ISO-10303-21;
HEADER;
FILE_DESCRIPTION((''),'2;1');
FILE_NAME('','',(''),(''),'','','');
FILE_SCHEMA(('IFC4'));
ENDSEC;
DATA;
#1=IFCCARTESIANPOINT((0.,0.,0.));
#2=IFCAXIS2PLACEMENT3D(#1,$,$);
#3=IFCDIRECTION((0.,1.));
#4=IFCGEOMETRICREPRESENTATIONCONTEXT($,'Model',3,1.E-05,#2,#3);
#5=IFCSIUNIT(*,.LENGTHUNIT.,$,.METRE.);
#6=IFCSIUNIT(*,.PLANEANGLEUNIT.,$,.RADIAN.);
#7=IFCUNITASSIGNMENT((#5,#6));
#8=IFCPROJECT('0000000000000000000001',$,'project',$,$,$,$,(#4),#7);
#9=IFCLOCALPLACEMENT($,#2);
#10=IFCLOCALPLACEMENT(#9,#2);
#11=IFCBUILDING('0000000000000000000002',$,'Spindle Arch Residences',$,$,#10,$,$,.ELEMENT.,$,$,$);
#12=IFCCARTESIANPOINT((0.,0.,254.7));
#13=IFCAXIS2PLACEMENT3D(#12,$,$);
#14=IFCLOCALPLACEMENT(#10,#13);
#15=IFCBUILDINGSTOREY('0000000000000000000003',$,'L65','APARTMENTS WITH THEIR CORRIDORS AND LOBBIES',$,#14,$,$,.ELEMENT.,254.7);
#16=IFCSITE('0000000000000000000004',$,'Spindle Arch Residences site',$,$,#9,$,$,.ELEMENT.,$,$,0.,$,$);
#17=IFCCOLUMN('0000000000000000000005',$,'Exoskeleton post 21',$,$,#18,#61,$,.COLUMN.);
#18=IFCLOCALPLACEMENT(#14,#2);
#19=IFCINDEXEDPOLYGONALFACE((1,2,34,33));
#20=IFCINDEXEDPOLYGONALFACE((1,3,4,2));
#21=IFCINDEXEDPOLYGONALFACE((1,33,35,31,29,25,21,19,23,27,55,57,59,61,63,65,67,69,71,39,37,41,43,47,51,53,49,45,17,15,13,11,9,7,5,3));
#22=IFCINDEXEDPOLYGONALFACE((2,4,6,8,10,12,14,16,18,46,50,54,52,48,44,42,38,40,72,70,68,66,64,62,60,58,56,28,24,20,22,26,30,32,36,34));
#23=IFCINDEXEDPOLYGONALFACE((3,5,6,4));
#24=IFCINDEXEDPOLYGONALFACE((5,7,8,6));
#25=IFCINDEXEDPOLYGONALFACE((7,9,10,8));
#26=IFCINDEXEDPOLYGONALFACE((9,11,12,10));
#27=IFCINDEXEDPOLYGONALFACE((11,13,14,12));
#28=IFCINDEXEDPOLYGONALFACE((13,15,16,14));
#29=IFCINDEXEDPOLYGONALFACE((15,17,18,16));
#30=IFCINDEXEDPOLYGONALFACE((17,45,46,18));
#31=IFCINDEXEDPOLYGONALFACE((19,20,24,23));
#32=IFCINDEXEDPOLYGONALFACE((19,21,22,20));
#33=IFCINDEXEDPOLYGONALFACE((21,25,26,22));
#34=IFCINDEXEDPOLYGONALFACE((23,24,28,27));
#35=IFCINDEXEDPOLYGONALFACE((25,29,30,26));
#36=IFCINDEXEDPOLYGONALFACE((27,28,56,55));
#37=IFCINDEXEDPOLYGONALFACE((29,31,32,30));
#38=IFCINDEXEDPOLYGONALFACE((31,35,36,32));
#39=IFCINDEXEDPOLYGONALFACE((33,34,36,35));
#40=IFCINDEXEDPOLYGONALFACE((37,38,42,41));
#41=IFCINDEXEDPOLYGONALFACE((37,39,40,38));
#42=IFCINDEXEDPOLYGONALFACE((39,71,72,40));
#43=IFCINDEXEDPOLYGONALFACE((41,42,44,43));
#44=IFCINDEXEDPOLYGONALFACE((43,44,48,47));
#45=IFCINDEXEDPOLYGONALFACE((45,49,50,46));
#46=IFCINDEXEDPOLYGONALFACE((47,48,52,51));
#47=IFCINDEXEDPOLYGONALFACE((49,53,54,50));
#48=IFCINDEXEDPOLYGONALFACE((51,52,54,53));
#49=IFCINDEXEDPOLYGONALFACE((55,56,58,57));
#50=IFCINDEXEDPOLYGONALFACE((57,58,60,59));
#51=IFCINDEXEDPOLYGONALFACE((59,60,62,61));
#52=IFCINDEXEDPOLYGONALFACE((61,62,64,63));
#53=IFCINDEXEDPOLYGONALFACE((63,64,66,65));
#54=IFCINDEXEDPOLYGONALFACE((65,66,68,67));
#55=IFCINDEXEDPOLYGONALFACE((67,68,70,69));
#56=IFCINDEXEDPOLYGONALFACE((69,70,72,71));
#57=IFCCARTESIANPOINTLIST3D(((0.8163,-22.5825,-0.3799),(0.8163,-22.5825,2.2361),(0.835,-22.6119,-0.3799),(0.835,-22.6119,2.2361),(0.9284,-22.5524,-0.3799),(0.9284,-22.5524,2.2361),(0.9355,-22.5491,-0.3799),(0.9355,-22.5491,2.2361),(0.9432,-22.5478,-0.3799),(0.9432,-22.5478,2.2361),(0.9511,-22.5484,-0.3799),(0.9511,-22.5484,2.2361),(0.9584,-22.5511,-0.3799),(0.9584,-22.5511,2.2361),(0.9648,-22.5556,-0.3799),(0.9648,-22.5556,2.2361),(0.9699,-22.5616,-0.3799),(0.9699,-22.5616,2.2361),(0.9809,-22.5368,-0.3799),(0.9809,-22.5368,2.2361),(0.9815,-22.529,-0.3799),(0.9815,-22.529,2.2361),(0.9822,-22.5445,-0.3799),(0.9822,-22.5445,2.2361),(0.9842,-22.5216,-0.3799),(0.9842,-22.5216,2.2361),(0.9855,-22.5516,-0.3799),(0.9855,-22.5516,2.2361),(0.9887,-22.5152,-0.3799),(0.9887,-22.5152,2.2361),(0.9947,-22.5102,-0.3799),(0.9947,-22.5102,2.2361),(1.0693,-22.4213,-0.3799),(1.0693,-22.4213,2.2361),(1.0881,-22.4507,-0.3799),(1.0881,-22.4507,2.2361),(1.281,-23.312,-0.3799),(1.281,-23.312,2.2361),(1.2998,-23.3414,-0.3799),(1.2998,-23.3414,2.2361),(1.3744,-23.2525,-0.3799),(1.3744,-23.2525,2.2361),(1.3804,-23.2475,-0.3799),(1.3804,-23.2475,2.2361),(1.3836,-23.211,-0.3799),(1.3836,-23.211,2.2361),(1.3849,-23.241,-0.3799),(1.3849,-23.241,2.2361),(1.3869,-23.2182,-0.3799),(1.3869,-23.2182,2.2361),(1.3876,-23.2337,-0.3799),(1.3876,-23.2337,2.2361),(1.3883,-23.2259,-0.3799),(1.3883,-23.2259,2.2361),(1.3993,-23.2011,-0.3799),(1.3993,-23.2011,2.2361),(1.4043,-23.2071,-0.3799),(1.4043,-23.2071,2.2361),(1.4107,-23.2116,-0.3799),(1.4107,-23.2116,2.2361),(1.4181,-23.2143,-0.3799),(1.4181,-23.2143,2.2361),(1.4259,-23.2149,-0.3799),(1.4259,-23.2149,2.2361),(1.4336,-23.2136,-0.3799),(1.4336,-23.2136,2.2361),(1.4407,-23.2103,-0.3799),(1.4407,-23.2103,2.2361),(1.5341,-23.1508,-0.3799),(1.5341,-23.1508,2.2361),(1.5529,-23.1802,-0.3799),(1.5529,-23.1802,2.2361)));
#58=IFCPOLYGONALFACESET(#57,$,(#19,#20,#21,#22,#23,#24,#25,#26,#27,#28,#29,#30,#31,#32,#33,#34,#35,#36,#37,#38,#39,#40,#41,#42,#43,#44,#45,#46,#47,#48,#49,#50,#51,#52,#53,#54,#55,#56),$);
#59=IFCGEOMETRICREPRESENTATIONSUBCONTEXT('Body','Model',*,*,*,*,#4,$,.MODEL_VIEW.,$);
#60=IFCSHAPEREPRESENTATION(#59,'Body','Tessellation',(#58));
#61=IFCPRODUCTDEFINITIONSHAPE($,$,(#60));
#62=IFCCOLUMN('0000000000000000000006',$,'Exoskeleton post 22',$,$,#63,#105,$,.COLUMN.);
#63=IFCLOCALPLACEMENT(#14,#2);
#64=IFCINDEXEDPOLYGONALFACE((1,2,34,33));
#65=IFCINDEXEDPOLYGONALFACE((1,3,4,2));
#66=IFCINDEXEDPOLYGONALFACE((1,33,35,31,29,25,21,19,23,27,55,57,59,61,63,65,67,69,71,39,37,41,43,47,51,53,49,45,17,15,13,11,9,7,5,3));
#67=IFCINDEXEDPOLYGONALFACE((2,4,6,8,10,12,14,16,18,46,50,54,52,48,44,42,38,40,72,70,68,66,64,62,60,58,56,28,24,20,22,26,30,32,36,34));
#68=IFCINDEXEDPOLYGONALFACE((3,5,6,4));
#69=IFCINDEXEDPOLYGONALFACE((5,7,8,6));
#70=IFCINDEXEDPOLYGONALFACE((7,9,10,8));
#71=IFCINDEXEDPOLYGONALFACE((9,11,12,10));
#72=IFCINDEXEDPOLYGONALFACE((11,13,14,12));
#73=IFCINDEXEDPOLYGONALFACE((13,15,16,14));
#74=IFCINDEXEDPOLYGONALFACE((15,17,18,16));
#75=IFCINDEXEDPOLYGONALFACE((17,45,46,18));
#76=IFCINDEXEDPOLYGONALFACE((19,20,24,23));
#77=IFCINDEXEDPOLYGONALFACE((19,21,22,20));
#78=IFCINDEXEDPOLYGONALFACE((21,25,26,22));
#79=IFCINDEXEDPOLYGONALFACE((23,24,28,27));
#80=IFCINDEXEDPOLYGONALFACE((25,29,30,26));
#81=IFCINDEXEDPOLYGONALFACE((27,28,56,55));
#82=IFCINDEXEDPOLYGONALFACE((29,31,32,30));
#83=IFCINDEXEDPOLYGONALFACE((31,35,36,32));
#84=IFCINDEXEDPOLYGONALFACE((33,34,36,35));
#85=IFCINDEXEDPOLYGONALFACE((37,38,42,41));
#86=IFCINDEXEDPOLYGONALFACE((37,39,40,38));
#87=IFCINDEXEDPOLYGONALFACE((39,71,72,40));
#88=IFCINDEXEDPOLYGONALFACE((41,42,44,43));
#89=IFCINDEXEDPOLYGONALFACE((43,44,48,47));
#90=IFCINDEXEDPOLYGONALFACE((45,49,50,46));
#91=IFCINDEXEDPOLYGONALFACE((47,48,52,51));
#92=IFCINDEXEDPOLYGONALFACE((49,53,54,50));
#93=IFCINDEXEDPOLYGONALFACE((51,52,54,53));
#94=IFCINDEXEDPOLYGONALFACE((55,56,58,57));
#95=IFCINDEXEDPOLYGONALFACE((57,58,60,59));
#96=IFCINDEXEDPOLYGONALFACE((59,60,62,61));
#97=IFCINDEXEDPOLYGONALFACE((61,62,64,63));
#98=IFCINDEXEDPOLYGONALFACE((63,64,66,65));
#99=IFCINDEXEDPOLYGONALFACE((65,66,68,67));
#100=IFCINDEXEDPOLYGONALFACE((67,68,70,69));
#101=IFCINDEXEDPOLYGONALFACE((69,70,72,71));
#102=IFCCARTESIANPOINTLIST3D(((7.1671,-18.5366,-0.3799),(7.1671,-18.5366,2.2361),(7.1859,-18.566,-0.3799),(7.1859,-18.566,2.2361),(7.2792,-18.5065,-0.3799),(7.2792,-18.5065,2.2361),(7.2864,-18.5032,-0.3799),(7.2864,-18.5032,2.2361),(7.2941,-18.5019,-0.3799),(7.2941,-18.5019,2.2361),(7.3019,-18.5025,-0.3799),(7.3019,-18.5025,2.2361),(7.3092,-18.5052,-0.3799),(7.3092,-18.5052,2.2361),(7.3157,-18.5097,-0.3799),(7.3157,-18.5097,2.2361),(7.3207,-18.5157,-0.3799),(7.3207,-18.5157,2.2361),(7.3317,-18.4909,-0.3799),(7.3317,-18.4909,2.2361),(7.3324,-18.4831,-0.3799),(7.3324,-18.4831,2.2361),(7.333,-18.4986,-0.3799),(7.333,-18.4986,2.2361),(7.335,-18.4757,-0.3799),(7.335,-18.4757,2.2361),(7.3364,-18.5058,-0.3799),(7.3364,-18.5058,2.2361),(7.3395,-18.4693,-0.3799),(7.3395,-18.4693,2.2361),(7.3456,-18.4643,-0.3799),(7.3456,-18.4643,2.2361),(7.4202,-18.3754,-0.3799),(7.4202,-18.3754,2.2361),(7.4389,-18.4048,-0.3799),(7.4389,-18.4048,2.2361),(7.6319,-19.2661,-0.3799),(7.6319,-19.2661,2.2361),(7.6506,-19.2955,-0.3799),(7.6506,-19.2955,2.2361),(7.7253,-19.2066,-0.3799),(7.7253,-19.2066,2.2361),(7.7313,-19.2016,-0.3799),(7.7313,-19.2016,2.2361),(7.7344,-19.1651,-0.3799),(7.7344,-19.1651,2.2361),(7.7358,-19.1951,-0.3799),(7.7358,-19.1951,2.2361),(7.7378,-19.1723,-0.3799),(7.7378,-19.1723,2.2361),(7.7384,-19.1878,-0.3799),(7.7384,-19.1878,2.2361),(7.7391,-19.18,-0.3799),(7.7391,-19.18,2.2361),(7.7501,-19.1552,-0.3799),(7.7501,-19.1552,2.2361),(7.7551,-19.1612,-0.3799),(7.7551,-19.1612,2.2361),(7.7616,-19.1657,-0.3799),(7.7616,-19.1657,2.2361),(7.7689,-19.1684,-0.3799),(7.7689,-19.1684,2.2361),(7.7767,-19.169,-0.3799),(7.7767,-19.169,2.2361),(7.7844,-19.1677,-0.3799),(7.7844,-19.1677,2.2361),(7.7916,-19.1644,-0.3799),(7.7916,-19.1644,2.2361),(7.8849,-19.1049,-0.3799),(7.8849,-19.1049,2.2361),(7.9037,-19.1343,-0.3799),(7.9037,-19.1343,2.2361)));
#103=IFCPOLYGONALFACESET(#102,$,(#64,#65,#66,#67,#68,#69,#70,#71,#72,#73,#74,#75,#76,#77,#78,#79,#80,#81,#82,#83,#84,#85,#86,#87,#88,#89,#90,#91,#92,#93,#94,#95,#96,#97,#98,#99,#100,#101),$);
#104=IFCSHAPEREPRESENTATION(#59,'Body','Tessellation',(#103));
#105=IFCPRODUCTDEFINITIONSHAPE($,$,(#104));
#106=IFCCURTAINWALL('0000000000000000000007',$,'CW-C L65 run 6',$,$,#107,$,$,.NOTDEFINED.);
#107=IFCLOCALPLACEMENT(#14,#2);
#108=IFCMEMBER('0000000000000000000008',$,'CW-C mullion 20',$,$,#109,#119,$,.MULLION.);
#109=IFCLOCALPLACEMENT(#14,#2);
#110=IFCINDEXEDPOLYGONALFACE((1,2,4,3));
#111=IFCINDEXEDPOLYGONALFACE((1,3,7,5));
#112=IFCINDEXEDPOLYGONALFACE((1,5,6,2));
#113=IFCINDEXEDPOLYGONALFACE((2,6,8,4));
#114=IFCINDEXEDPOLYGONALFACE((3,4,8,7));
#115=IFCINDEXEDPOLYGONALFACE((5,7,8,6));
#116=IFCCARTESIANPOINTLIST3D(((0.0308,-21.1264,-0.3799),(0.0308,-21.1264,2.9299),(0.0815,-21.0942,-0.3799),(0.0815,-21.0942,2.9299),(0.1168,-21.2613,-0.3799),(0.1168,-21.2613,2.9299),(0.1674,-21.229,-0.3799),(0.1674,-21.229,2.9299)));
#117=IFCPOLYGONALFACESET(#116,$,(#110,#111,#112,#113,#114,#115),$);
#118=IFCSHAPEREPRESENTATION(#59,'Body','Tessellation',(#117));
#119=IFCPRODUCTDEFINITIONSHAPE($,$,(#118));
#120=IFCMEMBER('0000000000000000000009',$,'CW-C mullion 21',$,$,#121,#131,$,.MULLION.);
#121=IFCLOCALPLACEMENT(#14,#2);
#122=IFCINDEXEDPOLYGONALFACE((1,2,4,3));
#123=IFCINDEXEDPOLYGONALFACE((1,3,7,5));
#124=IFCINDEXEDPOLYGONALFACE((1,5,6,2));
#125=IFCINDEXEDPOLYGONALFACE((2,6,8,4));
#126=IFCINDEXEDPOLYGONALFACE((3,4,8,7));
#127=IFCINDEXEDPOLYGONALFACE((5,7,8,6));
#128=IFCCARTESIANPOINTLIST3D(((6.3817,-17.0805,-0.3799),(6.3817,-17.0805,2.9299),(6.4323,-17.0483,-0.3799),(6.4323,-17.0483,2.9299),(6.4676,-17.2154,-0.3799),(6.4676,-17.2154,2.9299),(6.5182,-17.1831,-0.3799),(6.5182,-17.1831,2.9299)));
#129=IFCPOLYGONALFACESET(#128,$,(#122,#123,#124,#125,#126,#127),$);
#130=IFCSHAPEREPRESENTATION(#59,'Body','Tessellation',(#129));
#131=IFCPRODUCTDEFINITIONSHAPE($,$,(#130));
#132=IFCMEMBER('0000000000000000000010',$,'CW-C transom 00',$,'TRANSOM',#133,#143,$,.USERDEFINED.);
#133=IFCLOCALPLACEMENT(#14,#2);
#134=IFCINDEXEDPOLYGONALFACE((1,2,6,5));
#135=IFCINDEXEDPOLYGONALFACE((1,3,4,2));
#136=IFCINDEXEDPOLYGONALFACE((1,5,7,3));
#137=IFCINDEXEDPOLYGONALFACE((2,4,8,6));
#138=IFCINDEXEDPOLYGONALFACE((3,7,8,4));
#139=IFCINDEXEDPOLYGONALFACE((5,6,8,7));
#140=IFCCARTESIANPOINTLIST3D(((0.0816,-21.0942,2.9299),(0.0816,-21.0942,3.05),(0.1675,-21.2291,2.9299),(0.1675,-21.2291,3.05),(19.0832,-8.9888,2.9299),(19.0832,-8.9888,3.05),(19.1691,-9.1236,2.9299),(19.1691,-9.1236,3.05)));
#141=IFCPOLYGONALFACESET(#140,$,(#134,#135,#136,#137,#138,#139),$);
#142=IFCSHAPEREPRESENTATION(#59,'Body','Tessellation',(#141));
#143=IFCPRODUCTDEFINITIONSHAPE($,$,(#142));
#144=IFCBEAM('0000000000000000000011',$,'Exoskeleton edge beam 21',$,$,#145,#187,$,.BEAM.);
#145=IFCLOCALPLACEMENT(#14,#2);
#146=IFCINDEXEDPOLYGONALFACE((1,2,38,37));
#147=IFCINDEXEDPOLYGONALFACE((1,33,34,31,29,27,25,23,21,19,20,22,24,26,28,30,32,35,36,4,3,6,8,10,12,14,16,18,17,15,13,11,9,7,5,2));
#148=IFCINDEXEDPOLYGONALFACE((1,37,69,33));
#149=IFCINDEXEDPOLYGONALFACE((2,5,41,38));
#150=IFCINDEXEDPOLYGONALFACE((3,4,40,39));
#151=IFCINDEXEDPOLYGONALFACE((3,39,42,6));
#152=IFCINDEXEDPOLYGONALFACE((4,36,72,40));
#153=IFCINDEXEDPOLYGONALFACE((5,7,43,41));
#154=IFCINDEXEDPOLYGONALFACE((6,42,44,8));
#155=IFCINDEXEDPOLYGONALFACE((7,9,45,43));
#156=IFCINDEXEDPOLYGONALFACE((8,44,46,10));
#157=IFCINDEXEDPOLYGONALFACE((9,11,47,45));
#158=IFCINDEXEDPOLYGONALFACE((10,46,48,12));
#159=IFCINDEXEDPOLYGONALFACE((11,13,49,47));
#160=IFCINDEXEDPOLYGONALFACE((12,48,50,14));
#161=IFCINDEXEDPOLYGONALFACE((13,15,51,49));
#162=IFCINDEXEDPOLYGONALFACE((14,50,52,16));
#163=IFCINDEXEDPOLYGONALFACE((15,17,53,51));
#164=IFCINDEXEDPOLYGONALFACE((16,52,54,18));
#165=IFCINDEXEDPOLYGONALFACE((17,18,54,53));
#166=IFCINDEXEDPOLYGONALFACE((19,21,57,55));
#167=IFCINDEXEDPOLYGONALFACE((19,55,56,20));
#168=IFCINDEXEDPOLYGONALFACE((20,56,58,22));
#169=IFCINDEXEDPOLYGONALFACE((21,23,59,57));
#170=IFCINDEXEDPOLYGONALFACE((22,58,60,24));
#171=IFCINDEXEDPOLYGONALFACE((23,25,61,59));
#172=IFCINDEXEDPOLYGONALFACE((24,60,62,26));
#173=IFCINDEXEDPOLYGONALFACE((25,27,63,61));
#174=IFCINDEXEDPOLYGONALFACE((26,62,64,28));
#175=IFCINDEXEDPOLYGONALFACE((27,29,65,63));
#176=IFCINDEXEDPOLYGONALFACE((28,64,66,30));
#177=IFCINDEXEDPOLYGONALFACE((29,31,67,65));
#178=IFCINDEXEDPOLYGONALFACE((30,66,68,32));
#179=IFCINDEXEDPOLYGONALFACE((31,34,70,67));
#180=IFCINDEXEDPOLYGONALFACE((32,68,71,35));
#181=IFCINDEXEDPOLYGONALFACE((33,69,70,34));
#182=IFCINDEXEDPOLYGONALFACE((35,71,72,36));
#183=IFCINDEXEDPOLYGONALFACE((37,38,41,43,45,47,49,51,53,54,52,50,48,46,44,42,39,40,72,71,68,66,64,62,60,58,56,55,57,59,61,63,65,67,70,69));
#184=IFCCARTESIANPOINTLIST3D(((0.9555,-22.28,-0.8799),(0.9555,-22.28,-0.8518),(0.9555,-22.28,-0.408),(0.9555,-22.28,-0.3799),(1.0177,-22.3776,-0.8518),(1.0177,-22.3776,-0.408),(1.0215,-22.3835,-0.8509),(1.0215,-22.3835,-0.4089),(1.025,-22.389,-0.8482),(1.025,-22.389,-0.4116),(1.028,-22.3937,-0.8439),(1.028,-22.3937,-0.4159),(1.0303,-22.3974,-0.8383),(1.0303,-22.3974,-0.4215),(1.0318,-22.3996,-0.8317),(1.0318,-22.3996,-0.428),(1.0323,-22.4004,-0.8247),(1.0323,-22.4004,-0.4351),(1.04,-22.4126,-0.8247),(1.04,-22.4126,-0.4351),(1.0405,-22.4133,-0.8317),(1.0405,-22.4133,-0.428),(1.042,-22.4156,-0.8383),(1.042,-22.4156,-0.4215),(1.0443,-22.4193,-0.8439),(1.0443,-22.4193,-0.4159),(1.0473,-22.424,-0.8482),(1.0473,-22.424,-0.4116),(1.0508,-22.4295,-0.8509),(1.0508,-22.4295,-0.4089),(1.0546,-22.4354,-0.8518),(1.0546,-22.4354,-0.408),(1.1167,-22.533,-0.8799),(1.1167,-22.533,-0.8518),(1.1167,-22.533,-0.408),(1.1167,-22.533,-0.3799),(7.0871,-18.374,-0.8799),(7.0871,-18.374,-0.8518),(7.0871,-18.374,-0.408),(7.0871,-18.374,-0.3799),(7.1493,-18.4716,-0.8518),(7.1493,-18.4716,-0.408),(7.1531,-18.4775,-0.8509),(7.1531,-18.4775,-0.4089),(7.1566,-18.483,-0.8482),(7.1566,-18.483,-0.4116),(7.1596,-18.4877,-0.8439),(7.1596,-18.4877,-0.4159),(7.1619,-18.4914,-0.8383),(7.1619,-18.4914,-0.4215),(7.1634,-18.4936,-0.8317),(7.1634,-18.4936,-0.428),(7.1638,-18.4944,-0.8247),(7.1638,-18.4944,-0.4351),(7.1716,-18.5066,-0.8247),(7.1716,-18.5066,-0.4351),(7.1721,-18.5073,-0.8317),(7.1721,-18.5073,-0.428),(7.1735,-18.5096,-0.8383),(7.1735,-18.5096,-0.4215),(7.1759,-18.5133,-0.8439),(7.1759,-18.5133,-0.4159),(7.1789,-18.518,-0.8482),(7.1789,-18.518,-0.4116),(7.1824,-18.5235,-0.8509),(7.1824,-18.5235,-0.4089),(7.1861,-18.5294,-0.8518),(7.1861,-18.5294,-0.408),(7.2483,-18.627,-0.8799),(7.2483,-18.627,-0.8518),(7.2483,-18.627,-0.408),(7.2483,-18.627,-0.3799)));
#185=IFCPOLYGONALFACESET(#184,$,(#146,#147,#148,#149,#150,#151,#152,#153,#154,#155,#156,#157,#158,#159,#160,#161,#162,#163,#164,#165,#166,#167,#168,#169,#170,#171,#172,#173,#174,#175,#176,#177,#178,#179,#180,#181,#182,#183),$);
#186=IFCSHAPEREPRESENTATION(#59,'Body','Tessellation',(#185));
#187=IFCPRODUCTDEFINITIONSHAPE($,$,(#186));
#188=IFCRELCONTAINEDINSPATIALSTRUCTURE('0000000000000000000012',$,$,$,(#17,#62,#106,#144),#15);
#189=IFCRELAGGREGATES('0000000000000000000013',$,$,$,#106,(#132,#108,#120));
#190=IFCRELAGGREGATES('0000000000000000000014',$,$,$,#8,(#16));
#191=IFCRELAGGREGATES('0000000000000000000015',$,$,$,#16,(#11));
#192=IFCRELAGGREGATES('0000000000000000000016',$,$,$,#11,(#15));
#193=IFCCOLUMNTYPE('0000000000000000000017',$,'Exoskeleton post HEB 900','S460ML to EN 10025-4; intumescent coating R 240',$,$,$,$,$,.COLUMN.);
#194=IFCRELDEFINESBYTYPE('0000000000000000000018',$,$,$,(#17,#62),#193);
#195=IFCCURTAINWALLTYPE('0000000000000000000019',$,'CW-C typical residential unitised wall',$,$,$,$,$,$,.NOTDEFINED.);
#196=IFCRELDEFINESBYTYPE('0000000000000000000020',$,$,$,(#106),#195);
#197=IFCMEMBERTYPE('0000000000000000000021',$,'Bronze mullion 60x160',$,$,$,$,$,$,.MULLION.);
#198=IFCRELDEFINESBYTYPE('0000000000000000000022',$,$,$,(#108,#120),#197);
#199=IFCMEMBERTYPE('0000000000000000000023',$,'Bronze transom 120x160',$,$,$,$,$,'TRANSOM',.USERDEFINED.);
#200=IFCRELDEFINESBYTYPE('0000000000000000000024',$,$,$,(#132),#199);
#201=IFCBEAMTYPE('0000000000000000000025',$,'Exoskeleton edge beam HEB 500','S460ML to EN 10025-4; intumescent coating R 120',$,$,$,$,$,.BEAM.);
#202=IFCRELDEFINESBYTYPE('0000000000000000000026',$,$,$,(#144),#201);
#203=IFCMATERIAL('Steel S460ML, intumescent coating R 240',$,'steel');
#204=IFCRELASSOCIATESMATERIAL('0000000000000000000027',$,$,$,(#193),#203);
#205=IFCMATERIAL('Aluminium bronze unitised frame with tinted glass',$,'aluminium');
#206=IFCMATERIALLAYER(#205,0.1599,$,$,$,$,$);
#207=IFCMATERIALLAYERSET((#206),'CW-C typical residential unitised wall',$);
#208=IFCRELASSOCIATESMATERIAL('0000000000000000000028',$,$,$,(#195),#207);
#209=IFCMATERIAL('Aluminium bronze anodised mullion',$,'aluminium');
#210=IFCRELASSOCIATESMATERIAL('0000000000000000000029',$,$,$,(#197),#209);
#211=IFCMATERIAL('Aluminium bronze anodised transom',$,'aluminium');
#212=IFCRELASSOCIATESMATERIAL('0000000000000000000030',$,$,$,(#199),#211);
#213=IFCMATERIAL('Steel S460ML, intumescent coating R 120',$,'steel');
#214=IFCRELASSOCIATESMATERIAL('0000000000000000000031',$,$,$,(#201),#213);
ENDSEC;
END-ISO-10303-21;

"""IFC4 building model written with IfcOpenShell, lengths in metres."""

from ifc_helpers import new_model, si_unit, direction, frame, origin, origin_2d, place, context, subcontext, project, spatial, rectangle, i_section, extrude, material, layer, layer_set, material_profile, profile_set, type_object, element, aggregate, save


model = new_model("IFC4")

# Units and contexts
model_context = context("Model", 3, precision=1e-05, world=origin(), true_north=direction((0.0, 1.0)))
body_context = subcontext(model_context, "Body", "Model", "MODEL_VIEW")
ifc_project = project(units=[si_unit("LENGTHUNIT", "METRE"), si_unit("PLANEANGLEUNIT", "RADIAN")], contexts=[model_context])

# Site, building, storey
site_placement = place(None, origin())
site = spatial("IfcSite", under=ifc_project, at=site_placement, Name="Spindle Arch Residences site", CompositionType="ELEMENT", RefElevation=0.0)
building_placement = place(site_placement, origin())
building = spatial("IfcBuilding", under=site, at=building_placement, Name="Spindle Arch Residences", CompositionType="ELEMENT")
storey_placement = place(building_placement, frame((0.0, 0.0, 254.7)))
storey = spatial("IfcBuildingStorey", under=building, at=storey_placement, Name="L65", Description="APARTMENTS WITH THEIR CORRIDORS AND LOBBIES", CompositionType="ELEMENT", Elevation=254.7)

# Columns
ifc_material_1 = material(Name="Steel S460ML, intumescent coating R 240", Category="steel")
ifc_material_profile_1 = material_profile(ifc_material_1, i_section(OverallWidth=0.3, OverallDepth=0.8999, WebThickness=0.0186, FlangeThickness=0.0349, FilletRadius=0.03, at=origin_2d()), Name="HEB 900")
ifc_profile_set_1 = profile_set([ifc_material_profile_1], Name="Steel S460ML, intumescent coating R 240")
column_type = type_object("IfcColumnType", Name="Exoskeleton post HEB 900", Description="S460ML to EN 10025-4; intumescent coating R 240", PredefinedType="COLUMN", material=ifc_profile_set_1)
for number, where, z_axis, x_axis, name in (
    (1, (1.1846, -22.8813, -0.3799), (0.0, 0.0, 1.0), (-0.843391, -0.5373, 0.0), "Exoskeleton post 21"),
    (2, (7.5354, -18.8354, -0.3799), (0.0, 0.0, 1.0), (-0.843391, -0.5373, 0.0), "Exoskeleton post 22"),
):
    element("IfcColumn", number, at=place(storey_placement, frame(where, z_axis=z_axis, x_axis=x_axis)), inside=storey, type_object=column_type, Name=name, PredefinedType="COLUMN", context=body_context, shape_type="SweptSolid", body=[
        extrude(i_section(OverallWidth=0.3, OverallDepth=0.8999, WebThickness=0.0186, FlangeThickness=0.0349, FilletRadius=0.03, at=origin_2d()), origin(), (0.0, 0.0, 1.0), 2.616),
    ])

# Curtain wall, members
ifc_material_2 = material(Name="Aluminium bronze unitised frame with tinted glass", Category="aluminium")
ifc_layer_1 = layer(ifc_material_2, 0.1599)
ifc_layer_set_1 = layer_set([ifc_layer_1], Name="CW-C typical residential unitised wall")
curtain_wall_type = type_object("IfcCurtainWallType", Name="CW-C typical residential unitised wall", PredefinedType="NOTDEFINED", material=ifc_layer_set_1)
curtain_wall_placement = place(storey_placement, origin())
curtain_wall = element("IfcCurtainWall", 3, at=curtain_wall_placement, inside=storey, type_object=curtain_wall_type, Name="CW-C L65 run 6", PredefinedType="NOTDEFINED")
ifc_material_3 = material(Name="Aluminium bronze anodised mullion", Category="aluminium")
ifc_material_profile_2 = material_profile(ifc_material_3, rectangle(XDim=0.1599, YDim=0.0601, at=origin_2d()), Name="MU 60x160")
ifc_profile_set_2 = profile_set([ifc_material_profile_2], Name="Aluminium bronze anodised mullion")
member_type_1 = type_object("IfcMemberType", Name="Bronze mullion 60x160", PredefinedType="MULLION", material=ifc_profile_set_2)
member_1_placement = place(storey_placement, frame((0.0991, -21.1777, -0.3799), z_axis=(0.0, 0.0, 1.0), x_axis=(-0.5373, 0.843391, 0.0)))
member_1 = element("IfcMember", 4, at=member_1_placement, type_object=member_type_1, Name="CW-C mullion 20", PredefinedType="MULLION", context=body_context, shape_type="SweptSolid", body=[
    extrude(rectangle(XDim=0.1599, YDim=0.0601, at=origin_2d()), origin(), (0.0, 0.0, 1.0), 3.3098),
])
member_2_placement = place(storey_placement, frame((6.45, -17.1318, -0.3799), z_axis=(0.0, 0.0, 1.0), x_axis=(-0.5373, 0.843391, 0.0)))
member_2 = element("IfcMember", 5, at=member_2_placement, type_object=member_type_1, Name="CW-C mullion 21", PredefinedType="MULLION", context=body_context, shape_type="SweptSolid", body=[
    extrude(rectangle(XDim=0.1599, YDim=0.0601, at=origin_2d()), origin(), (0.0, 0.0, 1.0), 3.3098),
])
ifc_material_4 = material(Name="Aluminium bronze anodised transom", Category="aluminium")
ifc_material_profile_3 = material_profile(ifc_material_4, rectangle(XDim=0.1599, YDim=0.1201, at=origin_2d()), Name="TR 120x160")
ifc_profile_set_3 = profile_set([ifc_material_profile_3], Name="Aluminium bronze anodised transom")
member_type_2 = type_object("IfcMemberType", Name="Bronze transom 120x160", ElementType="TRANSOM", PredefinedType="USERDEFINED", material=ifc_profile_set_3)
member_3_placement = place(storey_placement, frame((0.1245, -21.1616, 2.99), z_axis=(0.843391, 0.537301, 0.0), x_axis=(-0.537301, 0.843391, 0.0)))
member_3 = element("IfcMember", 6, at=member_3_placement, type_object=member_type_2, Name="CW-C transom 00", ObjectType="TRANSOM", PredefinedType="USERDEFINED", context=body_context, shape_type="SweptSolid", body=[
    extrude(rectangle(XDim=0.1599, YDim=0.1201, at=origin_2d()), origin(), (0.0, 0.0, 1.0), 22.53),
])

# Beam
ifc_material_5 = material(Name="Steel S460ML, intumescent coating R 120", Category="steel")
ifc_material_profile_4 = material_profile(ifc_material_5, i_section(OverallWidth=0.3, OverallDepth=0.5, WebThickness=0.0144, FlangeThickness=0.0281, FilletRadius=0.0271, at=origin_2d()), Name="HEB 500")
ifc_profile_set_4 = profile_set([ifc_material_profile_4], Name="Steel S460ML, intumescent coating R 120")
beam_type_1 = type_object("IfcBeamType", Name="Exoskeleton edge beam HEB 500", Description="S460ML to EN 10025-4; intumescent coating R 120", PredefinedType="BEAM", material=ifc_profile_set_4)
for number, where, z_axis, x_axis, name in (
    (7, (1.0361, -22.4065, -0.6299), (0.843407, 0.537275, 0.0), (-0.537275, 0.843407, 0.0), "Exoskeleton edge beam 21"),
):
    element("IfcBeam", number, at=place(storey_placement, frame(where, z_axis=z_axis, x_axis=x_axis)), inside=storey, type_object=beam_type_1, Name=name, PredefinedType="BEAM", context=body_context, shape_type="SweptSolid", body=[
        extrude(i_section(OverallWidth=0.3, OverallDepth=0.5, WebThickness=0.0144, FlangeThickness=0.0281, FilletRadius=0.0271, at=origin_2d()), origin(), (0.0, 0.0, 1.0), 7.27),
    ])

aggregate(curtain_wall, [member_3, member_1, member_2])

save(model, "model.ifc")
